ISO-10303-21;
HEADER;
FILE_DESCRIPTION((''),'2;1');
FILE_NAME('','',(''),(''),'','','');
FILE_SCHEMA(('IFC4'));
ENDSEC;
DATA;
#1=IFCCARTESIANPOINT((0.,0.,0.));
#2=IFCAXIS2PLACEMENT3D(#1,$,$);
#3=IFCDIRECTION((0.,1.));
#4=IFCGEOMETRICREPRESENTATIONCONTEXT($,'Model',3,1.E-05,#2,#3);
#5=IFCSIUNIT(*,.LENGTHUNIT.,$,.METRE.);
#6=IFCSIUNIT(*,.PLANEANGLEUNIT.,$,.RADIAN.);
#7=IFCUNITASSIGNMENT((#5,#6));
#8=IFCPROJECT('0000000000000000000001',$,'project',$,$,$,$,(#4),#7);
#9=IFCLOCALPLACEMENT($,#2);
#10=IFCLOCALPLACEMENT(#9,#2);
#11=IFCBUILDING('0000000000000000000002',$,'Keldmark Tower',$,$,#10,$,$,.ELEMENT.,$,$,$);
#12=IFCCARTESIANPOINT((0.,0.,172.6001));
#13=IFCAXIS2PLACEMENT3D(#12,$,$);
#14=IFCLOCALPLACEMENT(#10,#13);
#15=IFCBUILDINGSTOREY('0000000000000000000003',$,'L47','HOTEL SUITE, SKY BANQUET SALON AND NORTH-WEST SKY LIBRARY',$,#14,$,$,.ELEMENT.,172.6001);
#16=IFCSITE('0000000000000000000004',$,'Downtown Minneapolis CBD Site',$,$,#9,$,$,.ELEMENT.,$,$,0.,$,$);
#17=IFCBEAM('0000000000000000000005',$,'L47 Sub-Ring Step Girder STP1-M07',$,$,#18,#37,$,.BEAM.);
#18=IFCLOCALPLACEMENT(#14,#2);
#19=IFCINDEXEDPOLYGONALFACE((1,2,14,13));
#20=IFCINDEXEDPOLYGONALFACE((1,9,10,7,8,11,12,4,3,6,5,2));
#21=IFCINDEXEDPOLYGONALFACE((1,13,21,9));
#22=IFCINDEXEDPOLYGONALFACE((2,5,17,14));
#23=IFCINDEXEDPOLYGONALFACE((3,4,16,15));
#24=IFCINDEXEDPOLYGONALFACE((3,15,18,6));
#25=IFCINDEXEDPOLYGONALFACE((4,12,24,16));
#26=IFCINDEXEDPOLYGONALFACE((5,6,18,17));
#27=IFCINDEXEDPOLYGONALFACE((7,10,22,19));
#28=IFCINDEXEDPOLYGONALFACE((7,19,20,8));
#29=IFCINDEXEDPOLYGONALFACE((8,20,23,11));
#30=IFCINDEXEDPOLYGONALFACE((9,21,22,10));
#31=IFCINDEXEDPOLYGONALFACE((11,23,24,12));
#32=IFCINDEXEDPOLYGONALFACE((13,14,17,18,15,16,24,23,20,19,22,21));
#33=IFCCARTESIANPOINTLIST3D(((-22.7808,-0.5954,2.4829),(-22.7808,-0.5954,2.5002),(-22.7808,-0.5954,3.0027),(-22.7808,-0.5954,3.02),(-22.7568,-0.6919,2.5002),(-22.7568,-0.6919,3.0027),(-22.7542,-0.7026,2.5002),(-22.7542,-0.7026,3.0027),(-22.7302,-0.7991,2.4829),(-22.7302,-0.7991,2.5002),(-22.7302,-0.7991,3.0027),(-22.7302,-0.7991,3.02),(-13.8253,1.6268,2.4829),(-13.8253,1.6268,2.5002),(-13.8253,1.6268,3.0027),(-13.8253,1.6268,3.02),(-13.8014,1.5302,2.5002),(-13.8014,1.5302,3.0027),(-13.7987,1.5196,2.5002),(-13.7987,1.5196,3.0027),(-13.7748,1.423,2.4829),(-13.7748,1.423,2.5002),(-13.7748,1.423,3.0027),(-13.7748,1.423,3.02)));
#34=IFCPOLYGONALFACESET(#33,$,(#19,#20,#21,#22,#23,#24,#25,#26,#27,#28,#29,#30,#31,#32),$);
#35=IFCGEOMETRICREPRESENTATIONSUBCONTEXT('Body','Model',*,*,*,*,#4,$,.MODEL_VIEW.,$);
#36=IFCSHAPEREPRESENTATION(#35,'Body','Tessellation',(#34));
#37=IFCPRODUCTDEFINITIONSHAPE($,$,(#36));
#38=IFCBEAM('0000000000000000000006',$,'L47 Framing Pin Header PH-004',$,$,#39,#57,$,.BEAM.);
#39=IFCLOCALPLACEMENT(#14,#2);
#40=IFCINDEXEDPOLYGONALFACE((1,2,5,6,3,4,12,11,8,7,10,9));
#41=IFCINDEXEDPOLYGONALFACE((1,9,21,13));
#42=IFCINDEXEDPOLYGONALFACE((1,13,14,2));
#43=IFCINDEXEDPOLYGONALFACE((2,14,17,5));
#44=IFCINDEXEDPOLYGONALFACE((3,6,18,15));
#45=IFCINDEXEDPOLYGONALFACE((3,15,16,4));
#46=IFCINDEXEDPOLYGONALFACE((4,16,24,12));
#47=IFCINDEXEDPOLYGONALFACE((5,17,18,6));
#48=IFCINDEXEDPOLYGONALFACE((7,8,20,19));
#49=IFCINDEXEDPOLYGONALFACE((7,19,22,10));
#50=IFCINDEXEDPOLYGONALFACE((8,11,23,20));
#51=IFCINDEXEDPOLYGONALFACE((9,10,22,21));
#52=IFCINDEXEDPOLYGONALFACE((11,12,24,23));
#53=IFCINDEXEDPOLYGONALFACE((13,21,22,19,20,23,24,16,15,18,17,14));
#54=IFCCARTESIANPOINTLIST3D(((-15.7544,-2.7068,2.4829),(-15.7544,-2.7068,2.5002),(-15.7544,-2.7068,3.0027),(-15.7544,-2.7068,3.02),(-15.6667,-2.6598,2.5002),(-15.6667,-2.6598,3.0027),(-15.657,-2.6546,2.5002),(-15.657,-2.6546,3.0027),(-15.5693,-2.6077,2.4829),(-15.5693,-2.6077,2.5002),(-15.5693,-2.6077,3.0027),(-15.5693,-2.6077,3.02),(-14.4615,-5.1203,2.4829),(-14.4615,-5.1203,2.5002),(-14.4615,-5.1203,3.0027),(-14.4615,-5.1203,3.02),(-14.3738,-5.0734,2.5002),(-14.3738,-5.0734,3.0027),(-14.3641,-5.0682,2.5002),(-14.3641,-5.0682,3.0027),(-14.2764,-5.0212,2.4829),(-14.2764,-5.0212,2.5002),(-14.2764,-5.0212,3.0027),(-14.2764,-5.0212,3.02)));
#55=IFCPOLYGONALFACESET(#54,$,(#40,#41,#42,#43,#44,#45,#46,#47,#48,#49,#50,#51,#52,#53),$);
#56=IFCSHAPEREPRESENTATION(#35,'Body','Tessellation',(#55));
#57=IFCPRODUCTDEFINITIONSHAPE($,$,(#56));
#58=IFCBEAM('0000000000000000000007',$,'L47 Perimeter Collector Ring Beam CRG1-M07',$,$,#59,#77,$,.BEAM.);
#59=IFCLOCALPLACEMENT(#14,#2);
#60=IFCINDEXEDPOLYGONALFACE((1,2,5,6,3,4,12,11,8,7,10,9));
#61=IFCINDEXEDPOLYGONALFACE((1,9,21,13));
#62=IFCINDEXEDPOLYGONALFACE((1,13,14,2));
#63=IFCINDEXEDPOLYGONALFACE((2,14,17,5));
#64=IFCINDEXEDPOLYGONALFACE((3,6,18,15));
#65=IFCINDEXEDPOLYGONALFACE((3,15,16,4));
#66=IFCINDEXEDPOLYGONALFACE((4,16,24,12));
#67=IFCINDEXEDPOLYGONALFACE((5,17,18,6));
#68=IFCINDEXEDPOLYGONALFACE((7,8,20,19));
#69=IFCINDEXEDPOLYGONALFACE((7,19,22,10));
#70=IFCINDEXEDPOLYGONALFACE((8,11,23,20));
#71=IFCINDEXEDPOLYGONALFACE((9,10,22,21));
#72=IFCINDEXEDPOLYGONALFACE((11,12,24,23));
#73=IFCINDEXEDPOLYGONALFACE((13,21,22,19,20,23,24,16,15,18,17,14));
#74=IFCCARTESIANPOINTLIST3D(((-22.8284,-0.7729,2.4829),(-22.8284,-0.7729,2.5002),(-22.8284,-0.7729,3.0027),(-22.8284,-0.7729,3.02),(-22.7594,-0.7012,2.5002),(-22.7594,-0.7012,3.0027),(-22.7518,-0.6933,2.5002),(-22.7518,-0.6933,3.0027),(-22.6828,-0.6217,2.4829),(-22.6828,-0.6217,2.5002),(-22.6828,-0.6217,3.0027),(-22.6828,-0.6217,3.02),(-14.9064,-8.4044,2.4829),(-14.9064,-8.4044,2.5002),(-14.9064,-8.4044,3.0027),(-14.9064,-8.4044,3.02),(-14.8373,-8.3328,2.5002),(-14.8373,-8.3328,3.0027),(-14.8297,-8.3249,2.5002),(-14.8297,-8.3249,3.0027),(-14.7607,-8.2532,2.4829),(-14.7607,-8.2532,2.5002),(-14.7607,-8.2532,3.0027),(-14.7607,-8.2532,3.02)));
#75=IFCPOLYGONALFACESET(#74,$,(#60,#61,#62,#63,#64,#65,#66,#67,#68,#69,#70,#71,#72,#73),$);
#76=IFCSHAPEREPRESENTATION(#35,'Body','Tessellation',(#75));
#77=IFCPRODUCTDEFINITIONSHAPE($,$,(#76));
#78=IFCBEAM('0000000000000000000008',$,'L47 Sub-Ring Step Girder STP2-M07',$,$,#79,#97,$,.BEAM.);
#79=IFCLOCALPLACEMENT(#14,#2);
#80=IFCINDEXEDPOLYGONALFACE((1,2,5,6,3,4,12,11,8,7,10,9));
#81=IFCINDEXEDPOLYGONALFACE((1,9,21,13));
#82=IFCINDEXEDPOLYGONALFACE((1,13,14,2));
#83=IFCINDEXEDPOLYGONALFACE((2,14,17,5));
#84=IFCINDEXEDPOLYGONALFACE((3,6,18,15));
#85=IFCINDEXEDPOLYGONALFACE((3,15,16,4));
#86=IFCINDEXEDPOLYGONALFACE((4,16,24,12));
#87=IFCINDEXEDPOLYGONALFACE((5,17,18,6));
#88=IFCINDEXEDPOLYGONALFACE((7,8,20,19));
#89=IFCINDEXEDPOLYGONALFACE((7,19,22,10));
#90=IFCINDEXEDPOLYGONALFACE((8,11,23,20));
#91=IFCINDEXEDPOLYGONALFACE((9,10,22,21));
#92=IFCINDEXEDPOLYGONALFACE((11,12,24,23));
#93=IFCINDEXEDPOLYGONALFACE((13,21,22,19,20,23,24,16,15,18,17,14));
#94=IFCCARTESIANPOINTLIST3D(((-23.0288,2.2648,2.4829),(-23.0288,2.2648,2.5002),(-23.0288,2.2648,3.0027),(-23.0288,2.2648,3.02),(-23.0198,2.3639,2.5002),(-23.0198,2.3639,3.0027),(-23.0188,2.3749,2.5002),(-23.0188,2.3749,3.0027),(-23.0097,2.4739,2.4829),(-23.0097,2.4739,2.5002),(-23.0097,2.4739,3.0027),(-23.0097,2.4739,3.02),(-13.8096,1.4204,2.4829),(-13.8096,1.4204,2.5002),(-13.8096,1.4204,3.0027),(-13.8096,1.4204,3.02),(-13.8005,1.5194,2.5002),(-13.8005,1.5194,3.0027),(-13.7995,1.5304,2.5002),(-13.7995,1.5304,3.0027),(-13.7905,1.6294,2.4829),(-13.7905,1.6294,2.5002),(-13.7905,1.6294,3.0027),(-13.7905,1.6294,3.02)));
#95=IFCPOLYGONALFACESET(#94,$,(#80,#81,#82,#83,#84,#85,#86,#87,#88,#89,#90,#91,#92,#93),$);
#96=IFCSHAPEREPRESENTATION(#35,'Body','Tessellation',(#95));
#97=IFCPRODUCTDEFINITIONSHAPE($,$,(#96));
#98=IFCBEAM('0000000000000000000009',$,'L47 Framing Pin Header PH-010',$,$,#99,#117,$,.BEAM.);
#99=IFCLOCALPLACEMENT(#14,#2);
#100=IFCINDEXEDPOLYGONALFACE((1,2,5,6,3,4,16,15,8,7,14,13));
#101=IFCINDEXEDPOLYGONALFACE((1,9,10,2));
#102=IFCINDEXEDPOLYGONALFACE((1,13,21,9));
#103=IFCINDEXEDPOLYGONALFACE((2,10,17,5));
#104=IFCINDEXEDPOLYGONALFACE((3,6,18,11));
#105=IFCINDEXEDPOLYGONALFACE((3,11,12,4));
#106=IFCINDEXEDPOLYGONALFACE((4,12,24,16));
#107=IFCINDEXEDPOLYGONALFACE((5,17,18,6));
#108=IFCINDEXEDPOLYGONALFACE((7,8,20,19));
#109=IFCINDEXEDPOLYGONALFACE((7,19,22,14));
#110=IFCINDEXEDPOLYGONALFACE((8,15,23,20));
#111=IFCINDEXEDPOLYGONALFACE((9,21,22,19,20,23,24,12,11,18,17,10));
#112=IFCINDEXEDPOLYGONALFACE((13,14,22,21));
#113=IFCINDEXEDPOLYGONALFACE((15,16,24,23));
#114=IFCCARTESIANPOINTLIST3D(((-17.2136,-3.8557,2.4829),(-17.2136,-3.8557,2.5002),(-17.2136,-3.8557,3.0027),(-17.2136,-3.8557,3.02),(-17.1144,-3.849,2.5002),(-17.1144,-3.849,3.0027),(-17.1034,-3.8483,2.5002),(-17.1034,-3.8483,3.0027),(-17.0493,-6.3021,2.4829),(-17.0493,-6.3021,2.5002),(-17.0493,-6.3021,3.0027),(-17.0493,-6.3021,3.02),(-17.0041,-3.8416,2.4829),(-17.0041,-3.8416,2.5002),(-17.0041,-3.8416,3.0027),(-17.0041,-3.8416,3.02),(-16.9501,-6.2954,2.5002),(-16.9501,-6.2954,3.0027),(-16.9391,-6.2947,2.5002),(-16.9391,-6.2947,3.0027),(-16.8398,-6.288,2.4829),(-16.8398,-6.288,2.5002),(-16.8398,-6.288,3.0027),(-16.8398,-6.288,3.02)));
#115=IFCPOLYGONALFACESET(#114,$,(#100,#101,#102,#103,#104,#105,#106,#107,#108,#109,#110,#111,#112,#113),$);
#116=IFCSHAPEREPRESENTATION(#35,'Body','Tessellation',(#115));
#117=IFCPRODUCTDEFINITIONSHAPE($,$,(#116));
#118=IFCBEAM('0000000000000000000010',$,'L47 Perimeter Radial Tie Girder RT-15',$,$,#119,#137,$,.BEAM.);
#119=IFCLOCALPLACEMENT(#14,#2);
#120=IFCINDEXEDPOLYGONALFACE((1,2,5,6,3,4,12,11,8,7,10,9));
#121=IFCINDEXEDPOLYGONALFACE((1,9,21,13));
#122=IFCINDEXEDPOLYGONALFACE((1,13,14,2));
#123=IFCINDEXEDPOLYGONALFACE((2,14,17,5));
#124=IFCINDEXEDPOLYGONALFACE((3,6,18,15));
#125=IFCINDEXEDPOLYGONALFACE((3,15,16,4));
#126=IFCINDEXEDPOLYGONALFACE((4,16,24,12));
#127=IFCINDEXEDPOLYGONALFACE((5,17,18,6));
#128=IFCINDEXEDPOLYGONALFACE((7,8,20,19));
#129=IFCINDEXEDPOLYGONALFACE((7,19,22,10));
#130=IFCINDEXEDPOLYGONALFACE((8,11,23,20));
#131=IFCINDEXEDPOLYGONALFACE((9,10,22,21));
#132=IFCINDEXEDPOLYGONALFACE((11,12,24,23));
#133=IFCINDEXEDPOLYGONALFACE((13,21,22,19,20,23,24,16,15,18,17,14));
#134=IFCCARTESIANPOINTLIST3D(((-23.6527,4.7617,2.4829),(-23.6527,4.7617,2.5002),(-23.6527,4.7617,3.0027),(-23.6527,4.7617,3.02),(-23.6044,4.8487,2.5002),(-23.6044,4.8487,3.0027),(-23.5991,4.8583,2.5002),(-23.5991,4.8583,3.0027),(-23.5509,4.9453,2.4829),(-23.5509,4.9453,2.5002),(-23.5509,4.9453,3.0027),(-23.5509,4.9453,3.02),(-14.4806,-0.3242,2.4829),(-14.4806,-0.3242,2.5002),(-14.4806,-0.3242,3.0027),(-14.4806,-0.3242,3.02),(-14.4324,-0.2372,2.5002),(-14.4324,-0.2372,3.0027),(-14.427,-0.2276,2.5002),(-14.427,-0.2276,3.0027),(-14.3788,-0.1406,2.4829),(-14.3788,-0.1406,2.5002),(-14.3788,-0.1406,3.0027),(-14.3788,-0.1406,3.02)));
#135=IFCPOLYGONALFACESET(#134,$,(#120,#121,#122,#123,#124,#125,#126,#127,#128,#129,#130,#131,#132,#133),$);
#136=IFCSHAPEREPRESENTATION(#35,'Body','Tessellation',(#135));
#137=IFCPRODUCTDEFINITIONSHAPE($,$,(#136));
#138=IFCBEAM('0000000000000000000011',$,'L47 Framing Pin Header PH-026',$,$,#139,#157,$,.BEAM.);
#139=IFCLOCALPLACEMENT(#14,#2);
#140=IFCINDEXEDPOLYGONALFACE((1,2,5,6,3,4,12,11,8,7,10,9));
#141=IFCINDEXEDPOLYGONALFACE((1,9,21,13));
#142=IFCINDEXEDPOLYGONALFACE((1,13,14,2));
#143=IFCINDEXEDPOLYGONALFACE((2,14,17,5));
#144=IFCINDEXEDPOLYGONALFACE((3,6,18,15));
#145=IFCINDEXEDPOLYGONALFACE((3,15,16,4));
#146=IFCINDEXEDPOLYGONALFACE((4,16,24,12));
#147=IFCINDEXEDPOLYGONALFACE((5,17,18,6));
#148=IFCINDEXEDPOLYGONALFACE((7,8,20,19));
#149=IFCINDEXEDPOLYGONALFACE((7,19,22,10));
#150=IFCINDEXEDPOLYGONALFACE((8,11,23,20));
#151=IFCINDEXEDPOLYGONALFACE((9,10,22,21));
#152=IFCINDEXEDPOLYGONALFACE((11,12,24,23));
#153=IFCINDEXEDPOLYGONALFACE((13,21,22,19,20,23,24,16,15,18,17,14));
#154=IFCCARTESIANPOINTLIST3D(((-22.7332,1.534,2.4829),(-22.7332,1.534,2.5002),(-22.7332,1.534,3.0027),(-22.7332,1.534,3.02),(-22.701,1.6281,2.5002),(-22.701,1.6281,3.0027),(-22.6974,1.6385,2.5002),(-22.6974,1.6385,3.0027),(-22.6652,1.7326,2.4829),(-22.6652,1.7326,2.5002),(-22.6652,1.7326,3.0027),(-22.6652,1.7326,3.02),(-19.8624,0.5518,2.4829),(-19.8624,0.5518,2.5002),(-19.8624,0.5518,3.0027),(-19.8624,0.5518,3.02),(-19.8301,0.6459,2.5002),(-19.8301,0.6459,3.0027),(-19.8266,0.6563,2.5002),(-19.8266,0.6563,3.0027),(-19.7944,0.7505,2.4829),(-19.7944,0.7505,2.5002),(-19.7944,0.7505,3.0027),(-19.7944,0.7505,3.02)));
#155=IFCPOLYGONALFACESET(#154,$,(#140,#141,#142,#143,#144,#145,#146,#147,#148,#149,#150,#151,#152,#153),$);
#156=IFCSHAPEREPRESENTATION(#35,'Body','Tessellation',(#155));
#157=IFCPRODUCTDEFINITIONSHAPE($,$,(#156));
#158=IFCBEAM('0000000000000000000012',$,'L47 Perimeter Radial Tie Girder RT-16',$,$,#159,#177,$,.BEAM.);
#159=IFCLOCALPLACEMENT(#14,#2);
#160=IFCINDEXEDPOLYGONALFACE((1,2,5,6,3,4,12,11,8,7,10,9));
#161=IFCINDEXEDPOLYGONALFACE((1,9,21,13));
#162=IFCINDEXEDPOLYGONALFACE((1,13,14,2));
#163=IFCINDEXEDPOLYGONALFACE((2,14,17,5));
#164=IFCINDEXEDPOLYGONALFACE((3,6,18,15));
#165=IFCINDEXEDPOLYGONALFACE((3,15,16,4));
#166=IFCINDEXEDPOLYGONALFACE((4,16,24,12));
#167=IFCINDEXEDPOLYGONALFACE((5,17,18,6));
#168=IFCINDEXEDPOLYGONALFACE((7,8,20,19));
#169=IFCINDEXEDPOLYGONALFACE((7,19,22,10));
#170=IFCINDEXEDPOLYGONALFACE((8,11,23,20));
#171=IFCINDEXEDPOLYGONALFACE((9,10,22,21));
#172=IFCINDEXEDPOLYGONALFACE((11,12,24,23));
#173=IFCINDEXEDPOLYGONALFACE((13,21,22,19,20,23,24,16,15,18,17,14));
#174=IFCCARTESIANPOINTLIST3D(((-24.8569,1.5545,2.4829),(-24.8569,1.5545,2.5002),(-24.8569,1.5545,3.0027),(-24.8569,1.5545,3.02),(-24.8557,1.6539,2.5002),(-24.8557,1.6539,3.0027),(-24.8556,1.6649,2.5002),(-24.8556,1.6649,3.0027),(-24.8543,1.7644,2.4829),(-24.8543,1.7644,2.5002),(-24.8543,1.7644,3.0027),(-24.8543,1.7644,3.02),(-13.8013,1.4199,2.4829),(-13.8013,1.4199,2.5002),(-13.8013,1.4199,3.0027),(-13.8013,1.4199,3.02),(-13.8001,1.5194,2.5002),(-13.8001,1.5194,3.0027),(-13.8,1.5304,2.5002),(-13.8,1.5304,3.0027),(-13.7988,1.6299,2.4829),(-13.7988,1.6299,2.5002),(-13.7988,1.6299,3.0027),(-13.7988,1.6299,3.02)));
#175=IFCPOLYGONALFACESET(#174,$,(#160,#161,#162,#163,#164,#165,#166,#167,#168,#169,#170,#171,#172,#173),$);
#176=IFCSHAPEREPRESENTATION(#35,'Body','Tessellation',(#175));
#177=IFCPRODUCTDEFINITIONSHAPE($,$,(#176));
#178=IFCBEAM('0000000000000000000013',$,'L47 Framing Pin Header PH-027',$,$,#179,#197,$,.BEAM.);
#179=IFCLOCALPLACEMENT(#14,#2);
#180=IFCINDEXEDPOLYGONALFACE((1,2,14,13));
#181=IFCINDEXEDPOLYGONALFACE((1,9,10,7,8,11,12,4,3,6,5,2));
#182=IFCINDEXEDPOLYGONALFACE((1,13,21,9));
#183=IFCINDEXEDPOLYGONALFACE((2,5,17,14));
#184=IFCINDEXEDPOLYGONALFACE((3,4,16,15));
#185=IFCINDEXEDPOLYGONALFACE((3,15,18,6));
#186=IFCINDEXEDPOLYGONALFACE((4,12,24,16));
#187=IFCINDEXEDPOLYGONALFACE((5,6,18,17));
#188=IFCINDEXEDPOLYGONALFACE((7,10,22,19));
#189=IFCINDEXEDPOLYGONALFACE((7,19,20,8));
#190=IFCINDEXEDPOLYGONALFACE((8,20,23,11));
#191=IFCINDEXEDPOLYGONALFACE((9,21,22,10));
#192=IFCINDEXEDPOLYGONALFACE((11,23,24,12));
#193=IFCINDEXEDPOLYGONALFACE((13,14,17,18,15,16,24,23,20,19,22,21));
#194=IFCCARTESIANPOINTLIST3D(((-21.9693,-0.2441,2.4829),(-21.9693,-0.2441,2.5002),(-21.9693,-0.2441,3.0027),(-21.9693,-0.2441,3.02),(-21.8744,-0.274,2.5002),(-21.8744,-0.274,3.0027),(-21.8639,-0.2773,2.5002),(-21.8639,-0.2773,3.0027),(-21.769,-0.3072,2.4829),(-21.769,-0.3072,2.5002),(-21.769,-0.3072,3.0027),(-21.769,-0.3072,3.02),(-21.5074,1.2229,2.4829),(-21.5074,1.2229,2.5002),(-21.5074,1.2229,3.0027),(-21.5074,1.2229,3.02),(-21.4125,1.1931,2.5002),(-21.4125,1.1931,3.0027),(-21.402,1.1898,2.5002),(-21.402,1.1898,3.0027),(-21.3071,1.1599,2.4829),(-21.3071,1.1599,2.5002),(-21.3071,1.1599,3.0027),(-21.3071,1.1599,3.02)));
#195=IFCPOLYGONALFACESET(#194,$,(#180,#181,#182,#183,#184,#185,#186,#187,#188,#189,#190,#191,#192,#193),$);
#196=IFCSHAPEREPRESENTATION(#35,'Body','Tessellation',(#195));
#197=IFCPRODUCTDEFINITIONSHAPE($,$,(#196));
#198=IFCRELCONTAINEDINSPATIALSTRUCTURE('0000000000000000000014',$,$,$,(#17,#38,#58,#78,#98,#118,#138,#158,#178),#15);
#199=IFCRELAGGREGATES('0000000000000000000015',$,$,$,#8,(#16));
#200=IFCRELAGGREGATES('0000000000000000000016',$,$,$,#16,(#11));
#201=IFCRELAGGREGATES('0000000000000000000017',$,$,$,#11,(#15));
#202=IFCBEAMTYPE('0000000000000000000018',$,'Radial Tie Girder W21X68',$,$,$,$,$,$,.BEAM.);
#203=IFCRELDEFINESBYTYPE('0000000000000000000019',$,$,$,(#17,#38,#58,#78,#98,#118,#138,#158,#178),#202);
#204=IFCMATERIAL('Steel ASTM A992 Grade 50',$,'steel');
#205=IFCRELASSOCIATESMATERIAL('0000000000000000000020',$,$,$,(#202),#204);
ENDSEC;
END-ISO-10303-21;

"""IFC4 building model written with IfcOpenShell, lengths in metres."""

from ifc_helpers import new_model, si_unit, direction, frame, origin, origin_2d, place, context, subcontext, project, spatial, i_section, extrude, material, material_profile, profile_set, type_object, element, save


model = new_model("IFC4")

# Units and contexts
model_context = context("Model", 3, precision=1e-05, world=origin(), true_north=direction((0.0, 1.0)))
body_context = subcontext(model_context, "Body", "Model", "MODEL_VIEW")
ifc_project = project(units=[si_unit("LENGTHUNIT", "METRE"), si_unit("PLANEANGLEUNIT", "RADIAN")], contexts=[model_context])

# Site, building, storey
site_placement = place(None, origin())
site = spatial("IfcSite", under=ifc_project, at=site_placement, Name="Downtown Minneapolis CBD Site", CompositionType="ELEMENT", RefElevation=0.0)
building_placement = place(site_placement, origin())
building = spatial("IfcBuilding", under=site, at=building_placement, Name="Keldmark Tower", CompositionType="ELEMENT")
storey_placement = place(building_placement, frame((0.0, 0.0, 172.6001)))
storey = spatial("IfcBuildingStorey", under=building, at=storey_placement, Name="L47", Description="HOTEL SUITE, SKY BANQUET SALON AND NORTH-WEST SKY LIBRARY", CompositionType="ELEMENT", Elevation=172.6001)

# Beams
ifc_material_1 = material(Name="Steel ASTM A992 Grade 50", Category="steel")
ifc_material_profile_1 = material_profile(ifc_material_1, i_section(OverallWidth=0.21, OverallDepth=0.5371, WebThickness=0.011, FlangeThickness=0.0173, at=origin_2d()), Name="W21X68")
ifc_profile_set_1 = profile_set([ifc_material_profile_1], Name="Steel ASTM A992 Grade 50")
beam_type_1 = type_object("IfcBeamType", Name="Radial Tie Girder W21X68", PredefinedType="BEAM", material=ifc_profile_set_1)
beam_1_placement = place(storey_placement, frame((-13.8, 1.5249, 2.7515), z_axis=(-0.970567, -0.240829, 0.0), x_axis=(0.240829, -0.970567, 0.0)))
element("IfcBeam", 1, at=beam_1_placement, inside=storey, type_object=beam_type_1, Name="L47 Sub-Ring Step Girder STP1-M07", PredefinedType="BEAM", context=body_context, shape_type="SweptSolid", body=[
    extrude(i_section(OverallWidth=0.21, OverallDepth=0.5371, WebThickness=0.011, FlangeThickness=0.0173, at=origin_2d()), origin(), (0.0, 0.0, 1.0), 9.2271),
])
beam_2_placement = place(storey_placement, frame((-15.6619, -2.6572, 2.7515), z_axis=(0.472216, -0.881483, 0.0), x_axis=(0.881483, 0.472216, 0.0)))
element("IfcBeam", 2, at=beam_2_placement, inside=storey, type_object=beam_type_1, Name="L47 Framing Pin Header PH-004", PredefinedType="BEAM", context=body_context, shape_type="SweptSolid", body=[
    extrude(i_section(OverallWidth=0.21, OverallDepth=0.5371, WebThickness=0.011, FlangeThickness=0.0173, at=origin_2d()), origin(), (0.0, 0.0, 1.0), 2.738),
])
beam_3_placement = place(storey_placement, frame((-22.7556, -0.6973, 2.7515), z_axis=(0.720189, -0.693778, 0.0), x_axis=(0.693778, 0.720189, 0.0)))
element("IfcBeam", 3, at=beam_3_placement, inside=storey, type_object=beam_type_1, Name="L47 Perimeter Collector Ring Beam CRG1-M07", PredefinedType="BEAM", context=body_context, shape_type="SweptSolid", body=[
    extrude(i_section(OverallWidth=0.21, OverallDepth=0.5371, WebThickness=0.011, FlangeThickness=0.0173, at=origin_2d()), origin(), (0.0, 0.0, 1.0), 11.0),
])
beam_4_placement = place(storey_placement, frame((-13.8, 1.5249, 2.7515), z_axis=(-0.995831, 0.091218, 0.0), x_axis=(-0.091218, -0.995831, 0.0)))
element("IfcBeam", 4, at=beam_4_placement, inside=storey, type_object=beam_type_1, Name="L47 Sub-Ring Step Girder STP2-M07", PredefinedType="BEAM", context=body_context, shape_type="SweptSolid", body=[
    extrude(i_section(OverallWidth=0.21, OverallDepth=0.5371, WebThickness=0.011, FlangeThickness=0.0173, at=origin_2d()), origin(), (0.0, 0.0, 1.0), 9.2578),
])
beam_5_placement = place(storey_placement, frame((-17.1089, -3.8486, 2.7515), z_axis=(0.067015, -0.997752, 0.0), x_axis=(0.997752, 0.067015, 0.0)))
element("IfcBeam", 5, at=beam_5_placement, inside=storey, type_object=beam_type_1, Name="L47 Framing Pin Header PH-010", PredefinedType="BEAM", context=body_context, shape_type="SweptSolid", body=[
    extrude(i_section(OverallWidth=0.21, OverallDepth=0.5371, WebThickness=0.011, FlangeThickness=0.0173, at=origin_2d()), origin(), (0.0, 0.0, 1.0), 2.4519),
])
beam_6_placement = place(storey_placement, frame((-14.4297, -0.2324, 2.7515), z_axis=(-0.874549, 0.484937, 0.0), x_axis=(-0.484937, -0.874549, 0.0)))
element("IfcBeam", 6, at=beam_6_placement, inside=storey, type_object=beam_type_1, Name="L47 Perimeter Radial Tie Girder RT-15", PredefinedType="BEAM", context=body_context, shape_type="SweptSolid", body=[
    extrude(i_section(OverallWidth=0.21, OverallDepth=0.5371, WebThickness=0.011, FlangeThickness=0.0173, at=origin_2d()), origin(), (0.0, 0.0, 1.0), 10.4878),
])
beam_7_placement = place(storey_placement, frame((-19.8284, 0.6511, 2.7515), z_axis=(-0.946159, 0.323701, 0.0), x_axis=(-0.323701, -0.946159, 0.0)))
element("IfcBeam", 7, at=beam_7_placement, inside=storey, type_object=beam_type_1, Name="L47 Framing Pin Header PH-026", PredefinedType="BEAM", context=body_context, shape_type="SweptSolid", body=[
    extrude(i_section(OverallWidth=0.21, OverallDepth=0.5371, WebThickness=0.011, FlangeThickness=0.0173, at=origin_2d()), origin(), (0.0, 0.0, 1.0), 3.0342),
])
beam_8_placement = place(storey_placement, frame((-13.8, 1.5249, 2.7515), z_axis=(-0.999926, 0.012167, 0.0), x_axis=(-0.012167, -0.999926, 0.0)))
element("IfcBeam", 8, at=beam_8_placement, inside=storey, type_object=beam_type_1, Name="L47 Perimeter Radial Tie Girder RT-16", PredefinedType="BEAM", context=body_context, shape_type="SweptSolid", body=[
    extrude(i_section(OverallWidth=0.21, OverallDepth=0.5371, WebThickness=0.011, FlangeThickness=0.0173, at=origin_2d()), origin(), (0.0, 0.0, 1.0), 11.0564),
])
beam_9_placement = place(storey_placement, frame((-21.4072, 1.1914, 2.7515), z_axis=(-0.300326, -0.953837, 0.0), x_axis=(0.953837, -0.300326, 0.0)))
element("IfcBeam", 9, at=beam_9_placement, inside=storey, type_object=beam_type_1, Name="L47 Framing Pin Header PH-027", PredefinedType="BEAM", context=body_context, shape_type="SweptSolid", body=[
    extrude(i_section(OverallWidth=0.21, OverallDepth=0.5371, WebThickness=0.011, FlangeThickness=0.0173, at=origin_2d()), origin(), (0.0, 0.0, 1.0), 1.5381),
])

save(model, "model.ifc")
